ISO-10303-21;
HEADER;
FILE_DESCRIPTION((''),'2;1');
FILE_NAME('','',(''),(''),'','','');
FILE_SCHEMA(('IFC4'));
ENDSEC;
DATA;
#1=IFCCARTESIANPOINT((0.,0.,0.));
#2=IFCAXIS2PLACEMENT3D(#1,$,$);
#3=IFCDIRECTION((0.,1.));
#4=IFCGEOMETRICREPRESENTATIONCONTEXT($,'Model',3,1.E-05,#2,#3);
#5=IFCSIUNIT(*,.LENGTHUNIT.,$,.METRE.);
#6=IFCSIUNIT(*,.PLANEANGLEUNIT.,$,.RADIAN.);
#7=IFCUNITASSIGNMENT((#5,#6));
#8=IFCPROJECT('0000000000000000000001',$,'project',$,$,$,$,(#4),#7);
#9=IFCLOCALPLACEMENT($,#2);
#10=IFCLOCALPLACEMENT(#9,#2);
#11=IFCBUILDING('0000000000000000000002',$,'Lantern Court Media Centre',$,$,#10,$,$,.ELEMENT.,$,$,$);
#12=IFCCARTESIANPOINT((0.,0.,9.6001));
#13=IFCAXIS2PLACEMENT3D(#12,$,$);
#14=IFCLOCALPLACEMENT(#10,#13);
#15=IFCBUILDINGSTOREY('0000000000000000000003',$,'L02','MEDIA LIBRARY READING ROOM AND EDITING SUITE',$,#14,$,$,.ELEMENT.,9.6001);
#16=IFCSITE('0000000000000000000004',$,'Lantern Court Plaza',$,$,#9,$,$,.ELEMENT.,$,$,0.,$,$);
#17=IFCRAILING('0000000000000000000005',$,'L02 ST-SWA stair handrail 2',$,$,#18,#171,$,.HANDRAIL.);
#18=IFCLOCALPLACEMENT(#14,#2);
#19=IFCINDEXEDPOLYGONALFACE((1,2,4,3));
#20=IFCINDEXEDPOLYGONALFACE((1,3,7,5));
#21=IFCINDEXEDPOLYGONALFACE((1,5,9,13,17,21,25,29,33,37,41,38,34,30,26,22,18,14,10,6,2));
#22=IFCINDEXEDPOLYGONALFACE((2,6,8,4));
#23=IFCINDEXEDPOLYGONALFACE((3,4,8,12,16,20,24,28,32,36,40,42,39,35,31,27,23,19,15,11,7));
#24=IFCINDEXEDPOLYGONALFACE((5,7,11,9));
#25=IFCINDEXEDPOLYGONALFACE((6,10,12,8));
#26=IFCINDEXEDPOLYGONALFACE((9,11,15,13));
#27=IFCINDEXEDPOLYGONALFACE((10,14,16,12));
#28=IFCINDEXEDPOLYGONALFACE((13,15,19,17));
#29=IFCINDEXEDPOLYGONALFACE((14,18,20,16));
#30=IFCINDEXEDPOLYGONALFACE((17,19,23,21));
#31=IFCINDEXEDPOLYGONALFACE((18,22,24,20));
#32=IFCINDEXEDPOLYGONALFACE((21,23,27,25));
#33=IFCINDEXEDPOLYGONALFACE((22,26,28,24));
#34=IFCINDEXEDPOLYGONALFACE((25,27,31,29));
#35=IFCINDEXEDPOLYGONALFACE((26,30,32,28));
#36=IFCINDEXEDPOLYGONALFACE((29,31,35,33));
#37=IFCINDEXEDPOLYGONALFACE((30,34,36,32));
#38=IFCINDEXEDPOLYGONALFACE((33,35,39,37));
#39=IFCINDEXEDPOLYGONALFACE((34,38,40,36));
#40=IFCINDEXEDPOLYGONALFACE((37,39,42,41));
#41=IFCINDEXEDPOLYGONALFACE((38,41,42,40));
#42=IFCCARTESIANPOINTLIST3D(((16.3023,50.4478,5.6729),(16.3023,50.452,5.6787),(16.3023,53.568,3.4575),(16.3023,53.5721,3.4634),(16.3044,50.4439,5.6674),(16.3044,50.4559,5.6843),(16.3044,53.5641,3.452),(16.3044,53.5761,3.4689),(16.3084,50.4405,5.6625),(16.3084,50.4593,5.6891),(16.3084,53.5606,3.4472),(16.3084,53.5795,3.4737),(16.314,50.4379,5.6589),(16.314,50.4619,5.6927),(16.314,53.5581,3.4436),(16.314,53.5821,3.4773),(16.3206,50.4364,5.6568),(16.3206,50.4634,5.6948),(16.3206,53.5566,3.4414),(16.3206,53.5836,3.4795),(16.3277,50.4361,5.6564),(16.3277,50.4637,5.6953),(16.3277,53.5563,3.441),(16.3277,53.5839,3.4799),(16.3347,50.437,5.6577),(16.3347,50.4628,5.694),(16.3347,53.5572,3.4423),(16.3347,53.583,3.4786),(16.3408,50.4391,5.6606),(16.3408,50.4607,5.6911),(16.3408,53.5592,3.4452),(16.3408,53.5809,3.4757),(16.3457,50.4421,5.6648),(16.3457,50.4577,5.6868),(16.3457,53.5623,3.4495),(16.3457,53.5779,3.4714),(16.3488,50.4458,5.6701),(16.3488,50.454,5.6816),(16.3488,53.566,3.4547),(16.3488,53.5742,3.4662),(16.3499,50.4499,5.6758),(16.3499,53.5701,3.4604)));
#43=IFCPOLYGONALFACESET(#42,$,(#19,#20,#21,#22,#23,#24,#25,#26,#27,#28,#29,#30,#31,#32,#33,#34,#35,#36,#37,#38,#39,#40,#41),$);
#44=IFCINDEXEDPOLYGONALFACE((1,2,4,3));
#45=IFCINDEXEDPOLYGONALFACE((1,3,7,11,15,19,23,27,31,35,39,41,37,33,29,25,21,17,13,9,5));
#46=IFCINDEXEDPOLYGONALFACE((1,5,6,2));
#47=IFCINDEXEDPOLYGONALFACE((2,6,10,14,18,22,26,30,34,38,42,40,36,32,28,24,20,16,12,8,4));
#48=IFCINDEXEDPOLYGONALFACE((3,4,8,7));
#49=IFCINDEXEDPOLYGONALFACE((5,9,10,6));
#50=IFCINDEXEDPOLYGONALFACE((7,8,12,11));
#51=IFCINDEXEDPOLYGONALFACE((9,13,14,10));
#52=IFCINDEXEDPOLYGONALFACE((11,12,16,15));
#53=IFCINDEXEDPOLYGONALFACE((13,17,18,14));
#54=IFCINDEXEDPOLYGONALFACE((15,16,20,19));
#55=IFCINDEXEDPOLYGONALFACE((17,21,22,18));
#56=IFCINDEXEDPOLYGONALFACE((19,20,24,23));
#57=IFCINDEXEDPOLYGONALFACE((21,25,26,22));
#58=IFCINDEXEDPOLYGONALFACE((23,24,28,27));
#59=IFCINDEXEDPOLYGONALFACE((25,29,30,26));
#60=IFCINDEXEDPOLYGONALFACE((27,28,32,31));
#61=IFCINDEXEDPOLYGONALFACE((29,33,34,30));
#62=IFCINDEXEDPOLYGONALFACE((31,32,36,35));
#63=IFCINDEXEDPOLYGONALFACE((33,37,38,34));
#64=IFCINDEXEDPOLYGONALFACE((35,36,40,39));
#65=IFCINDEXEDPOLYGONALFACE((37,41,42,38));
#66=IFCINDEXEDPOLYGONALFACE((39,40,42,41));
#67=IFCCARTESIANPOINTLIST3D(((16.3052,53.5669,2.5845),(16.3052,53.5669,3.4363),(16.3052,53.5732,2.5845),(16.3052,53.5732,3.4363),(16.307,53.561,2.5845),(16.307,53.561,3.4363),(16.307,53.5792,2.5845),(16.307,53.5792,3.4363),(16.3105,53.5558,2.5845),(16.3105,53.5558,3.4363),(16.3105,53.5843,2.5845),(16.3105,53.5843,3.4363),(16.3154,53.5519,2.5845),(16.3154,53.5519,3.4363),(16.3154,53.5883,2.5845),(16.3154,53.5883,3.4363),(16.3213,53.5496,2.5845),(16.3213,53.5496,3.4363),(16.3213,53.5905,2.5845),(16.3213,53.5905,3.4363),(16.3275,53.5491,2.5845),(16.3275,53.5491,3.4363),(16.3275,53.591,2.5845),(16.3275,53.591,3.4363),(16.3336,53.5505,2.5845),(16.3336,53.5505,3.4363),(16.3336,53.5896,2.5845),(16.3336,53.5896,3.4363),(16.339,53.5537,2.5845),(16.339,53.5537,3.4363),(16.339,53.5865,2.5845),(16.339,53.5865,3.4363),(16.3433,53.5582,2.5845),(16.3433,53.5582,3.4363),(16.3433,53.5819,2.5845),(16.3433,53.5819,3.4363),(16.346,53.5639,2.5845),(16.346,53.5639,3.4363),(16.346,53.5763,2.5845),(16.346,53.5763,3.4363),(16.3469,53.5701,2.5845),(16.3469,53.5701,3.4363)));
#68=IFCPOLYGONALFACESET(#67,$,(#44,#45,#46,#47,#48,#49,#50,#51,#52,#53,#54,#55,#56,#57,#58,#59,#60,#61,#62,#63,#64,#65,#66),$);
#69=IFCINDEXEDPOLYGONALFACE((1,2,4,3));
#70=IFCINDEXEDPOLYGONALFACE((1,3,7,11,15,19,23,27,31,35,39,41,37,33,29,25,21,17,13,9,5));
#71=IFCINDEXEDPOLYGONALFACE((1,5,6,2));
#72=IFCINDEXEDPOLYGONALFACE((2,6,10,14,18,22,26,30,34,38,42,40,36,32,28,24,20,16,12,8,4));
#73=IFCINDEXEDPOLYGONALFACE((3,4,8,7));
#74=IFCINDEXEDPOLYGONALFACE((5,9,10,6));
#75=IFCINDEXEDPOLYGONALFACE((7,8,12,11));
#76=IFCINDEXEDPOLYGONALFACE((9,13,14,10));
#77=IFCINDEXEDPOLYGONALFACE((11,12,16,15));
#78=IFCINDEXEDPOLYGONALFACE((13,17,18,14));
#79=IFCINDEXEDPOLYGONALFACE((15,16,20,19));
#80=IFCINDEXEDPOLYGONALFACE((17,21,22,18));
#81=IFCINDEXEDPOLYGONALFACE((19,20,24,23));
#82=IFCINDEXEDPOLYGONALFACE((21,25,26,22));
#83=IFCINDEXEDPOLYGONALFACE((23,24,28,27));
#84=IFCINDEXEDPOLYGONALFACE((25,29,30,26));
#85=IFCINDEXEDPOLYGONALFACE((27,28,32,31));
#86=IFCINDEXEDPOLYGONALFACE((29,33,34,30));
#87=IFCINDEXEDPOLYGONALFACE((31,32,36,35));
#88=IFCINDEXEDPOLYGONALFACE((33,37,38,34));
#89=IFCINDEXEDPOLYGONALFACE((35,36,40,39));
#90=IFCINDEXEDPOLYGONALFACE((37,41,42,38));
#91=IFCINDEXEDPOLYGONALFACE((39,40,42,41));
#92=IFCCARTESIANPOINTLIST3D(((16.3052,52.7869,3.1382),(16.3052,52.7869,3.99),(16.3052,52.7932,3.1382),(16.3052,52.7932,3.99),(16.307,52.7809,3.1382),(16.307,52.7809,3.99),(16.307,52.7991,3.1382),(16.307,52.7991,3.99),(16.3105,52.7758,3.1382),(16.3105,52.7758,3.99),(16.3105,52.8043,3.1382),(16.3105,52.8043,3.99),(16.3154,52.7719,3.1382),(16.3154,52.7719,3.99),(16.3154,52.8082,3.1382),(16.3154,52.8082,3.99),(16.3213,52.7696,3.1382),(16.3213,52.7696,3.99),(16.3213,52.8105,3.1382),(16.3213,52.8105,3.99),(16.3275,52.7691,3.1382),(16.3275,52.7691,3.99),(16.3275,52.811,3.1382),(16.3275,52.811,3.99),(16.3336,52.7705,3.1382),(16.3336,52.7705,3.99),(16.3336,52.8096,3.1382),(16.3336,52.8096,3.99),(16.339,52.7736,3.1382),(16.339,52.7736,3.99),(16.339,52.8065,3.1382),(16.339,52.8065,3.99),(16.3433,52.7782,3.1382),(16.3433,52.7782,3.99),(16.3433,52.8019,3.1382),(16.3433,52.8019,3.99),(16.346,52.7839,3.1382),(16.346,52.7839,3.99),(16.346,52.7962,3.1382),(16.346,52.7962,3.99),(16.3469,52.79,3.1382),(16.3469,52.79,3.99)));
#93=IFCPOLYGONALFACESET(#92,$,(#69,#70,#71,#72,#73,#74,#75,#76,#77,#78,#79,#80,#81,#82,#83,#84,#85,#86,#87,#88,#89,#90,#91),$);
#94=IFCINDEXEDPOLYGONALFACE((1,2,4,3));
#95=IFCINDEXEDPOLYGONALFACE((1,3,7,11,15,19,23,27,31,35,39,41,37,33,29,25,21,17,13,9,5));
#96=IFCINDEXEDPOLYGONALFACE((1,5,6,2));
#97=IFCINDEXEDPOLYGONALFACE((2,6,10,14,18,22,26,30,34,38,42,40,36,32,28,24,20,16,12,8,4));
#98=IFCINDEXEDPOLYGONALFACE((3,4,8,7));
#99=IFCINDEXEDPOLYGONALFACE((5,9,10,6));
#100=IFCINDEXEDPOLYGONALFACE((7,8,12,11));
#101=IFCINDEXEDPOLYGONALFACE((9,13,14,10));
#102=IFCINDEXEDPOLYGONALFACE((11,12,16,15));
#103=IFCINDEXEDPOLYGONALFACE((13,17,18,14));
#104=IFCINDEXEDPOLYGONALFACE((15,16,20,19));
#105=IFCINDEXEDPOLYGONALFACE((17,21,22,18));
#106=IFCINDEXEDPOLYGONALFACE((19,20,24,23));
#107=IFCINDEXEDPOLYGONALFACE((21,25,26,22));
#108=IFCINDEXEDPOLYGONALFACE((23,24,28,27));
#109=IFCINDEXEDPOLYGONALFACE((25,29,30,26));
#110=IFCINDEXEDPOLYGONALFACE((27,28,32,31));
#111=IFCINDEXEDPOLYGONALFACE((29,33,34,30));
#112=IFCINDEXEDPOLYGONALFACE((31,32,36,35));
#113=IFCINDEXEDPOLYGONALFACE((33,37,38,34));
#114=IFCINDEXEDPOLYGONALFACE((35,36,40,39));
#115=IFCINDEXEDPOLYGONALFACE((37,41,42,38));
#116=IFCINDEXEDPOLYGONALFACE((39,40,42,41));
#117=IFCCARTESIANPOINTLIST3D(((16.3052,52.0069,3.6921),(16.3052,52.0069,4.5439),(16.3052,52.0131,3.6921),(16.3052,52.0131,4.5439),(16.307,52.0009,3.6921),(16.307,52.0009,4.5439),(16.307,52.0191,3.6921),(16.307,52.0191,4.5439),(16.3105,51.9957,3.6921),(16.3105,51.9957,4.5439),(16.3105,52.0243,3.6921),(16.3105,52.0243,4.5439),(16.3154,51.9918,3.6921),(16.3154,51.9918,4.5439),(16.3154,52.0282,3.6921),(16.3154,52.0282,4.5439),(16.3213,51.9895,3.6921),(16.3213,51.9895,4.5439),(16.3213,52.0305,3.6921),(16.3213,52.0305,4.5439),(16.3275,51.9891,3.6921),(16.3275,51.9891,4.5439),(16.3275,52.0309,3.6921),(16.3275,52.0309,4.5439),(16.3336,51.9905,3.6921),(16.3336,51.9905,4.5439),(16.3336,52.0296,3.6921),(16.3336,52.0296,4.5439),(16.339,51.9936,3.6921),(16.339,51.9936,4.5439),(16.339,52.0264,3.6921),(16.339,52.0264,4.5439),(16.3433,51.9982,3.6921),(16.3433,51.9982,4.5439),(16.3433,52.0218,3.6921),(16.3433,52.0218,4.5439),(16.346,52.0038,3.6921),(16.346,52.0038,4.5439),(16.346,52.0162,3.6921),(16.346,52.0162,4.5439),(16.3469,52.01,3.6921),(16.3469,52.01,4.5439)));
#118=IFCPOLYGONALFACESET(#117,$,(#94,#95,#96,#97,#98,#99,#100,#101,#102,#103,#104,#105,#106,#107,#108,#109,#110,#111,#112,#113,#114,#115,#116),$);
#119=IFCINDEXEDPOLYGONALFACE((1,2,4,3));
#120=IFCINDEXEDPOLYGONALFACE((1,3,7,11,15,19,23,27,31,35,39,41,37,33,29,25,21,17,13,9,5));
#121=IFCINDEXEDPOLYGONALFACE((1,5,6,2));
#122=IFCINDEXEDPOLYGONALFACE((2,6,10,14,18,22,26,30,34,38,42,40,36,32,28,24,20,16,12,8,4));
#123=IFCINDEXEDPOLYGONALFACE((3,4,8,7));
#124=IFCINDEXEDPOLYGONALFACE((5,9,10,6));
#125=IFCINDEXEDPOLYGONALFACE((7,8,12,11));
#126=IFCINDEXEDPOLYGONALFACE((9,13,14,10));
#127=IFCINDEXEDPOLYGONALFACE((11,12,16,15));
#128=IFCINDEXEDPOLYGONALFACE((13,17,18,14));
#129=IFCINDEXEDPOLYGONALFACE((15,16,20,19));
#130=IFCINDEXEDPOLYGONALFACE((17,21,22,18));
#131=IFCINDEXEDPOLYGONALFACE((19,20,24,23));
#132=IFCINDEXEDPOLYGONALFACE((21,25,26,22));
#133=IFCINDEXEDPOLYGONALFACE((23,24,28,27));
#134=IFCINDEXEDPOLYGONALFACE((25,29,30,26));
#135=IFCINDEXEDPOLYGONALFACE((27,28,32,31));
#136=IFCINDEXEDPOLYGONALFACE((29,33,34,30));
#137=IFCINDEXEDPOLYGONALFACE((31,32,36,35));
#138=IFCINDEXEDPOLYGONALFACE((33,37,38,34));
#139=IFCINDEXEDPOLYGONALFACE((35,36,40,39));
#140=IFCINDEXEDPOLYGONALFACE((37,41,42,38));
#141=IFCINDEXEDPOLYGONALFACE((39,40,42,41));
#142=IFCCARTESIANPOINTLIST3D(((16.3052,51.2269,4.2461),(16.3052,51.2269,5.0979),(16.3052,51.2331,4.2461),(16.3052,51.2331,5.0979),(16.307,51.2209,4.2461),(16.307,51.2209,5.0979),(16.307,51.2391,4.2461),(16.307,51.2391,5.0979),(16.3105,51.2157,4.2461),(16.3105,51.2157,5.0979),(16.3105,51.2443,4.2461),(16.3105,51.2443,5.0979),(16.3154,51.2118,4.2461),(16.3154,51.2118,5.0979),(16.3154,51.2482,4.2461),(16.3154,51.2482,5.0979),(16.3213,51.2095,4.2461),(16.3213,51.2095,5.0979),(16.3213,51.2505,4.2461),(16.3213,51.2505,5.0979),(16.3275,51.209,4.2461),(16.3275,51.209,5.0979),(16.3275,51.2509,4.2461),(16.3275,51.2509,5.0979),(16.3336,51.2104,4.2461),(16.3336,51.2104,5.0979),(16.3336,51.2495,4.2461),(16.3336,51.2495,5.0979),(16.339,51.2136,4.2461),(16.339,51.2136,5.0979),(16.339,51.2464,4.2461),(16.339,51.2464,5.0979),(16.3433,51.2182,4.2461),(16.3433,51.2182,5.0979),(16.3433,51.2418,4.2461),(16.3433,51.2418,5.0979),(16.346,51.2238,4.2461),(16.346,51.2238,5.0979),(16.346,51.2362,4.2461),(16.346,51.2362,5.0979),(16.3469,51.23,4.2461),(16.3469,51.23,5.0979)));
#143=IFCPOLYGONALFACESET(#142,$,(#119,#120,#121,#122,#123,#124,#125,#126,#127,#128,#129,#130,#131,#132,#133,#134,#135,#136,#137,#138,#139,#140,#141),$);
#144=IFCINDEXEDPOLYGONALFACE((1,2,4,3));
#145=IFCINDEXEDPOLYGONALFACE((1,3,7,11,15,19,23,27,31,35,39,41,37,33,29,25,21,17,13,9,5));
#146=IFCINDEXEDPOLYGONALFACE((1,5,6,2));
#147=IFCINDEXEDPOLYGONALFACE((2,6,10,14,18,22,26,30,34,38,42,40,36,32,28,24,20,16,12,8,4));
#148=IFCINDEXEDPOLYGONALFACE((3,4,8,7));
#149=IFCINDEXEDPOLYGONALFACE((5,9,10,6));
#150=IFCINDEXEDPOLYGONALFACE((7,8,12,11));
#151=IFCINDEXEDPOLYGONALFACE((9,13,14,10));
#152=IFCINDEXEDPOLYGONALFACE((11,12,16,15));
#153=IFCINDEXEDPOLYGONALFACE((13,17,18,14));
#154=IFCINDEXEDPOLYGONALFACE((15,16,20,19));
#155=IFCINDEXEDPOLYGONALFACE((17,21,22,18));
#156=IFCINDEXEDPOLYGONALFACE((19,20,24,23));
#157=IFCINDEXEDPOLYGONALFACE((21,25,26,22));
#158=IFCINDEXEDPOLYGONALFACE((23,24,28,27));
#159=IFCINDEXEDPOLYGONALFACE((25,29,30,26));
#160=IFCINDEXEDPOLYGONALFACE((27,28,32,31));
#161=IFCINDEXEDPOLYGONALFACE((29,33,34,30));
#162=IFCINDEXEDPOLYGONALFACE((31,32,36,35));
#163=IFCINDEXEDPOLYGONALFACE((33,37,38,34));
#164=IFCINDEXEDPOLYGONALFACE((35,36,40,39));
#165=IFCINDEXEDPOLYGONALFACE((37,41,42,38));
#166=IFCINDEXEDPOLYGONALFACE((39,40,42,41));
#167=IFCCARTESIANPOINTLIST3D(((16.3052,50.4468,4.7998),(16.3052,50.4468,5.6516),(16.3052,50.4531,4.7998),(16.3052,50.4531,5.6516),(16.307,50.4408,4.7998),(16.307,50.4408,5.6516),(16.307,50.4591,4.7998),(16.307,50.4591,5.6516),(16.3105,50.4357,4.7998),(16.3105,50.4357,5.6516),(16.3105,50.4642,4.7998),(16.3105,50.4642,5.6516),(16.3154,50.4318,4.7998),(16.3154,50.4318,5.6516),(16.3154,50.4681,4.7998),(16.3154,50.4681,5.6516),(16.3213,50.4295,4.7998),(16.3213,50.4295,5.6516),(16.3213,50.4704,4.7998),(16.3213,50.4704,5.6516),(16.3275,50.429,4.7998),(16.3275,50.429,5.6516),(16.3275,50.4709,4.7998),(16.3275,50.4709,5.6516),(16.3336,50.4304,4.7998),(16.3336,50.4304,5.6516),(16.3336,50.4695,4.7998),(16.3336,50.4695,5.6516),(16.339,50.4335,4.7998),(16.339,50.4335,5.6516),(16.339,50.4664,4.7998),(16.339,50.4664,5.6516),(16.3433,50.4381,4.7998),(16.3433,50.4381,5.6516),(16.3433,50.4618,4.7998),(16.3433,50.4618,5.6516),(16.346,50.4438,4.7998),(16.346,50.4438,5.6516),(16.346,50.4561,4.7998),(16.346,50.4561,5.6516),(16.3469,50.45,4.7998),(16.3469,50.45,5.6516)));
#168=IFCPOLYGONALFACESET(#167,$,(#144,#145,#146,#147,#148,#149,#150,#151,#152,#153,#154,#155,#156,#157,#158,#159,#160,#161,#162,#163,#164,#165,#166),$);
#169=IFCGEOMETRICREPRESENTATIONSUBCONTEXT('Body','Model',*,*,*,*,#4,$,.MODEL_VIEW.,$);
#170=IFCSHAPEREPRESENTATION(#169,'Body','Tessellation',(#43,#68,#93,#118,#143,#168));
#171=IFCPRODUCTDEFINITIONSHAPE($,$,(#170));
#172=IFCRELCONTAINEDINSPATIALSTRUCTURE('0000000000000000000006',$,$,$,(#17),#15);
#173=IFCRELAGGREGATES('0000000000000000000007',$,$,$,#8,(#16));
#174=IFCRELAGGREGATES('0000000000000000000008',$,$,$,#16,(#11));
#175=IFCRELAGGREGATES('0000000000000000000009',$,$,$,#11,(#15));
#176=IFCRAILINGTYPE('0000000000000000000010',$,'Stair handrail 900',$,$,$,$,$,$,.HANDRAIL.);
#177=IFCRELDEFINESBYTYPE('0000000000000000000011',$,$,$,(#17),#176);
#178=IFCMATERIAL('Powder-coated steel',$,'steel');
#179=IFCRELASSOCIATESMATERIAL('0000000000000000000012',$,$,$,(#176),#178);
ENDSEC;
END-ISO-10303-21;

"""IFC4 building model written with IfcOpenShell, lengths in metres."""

from ifc_helpers import new_model, si_unit, direction, frame, origin, origin_2d, place, context, subcontext, project, spatial, circle, extrude, material, type_object, element, save


model = new_model("IFC4")

# Units and contexts
model_context = context("Model", 3, precision=1e-05, world=origin(), true_north=direction((0.0, 1.0)))
body_context = subcontext(model_context, "Body", "Model", "MODEL_VIEW")
ifc_project = project(units=[si_unit("LENGTHUNIT", "METRE"), si_unit("PLANEANGLEUNIT", "RADIAN")], contexts=[model_context])

# Site, building, storey
site_placement = place(None, origin())
site = spatial("IfcSite", under=ifc_project, at=site_placement, Name="Lantern Court Plaza", CompositionType="ELEMENT", RefElevation=0.0)
building_placement = place(site_placement, origin())
building = spatial("IfcBuilding", under=site, at=building_placement, Name="Lantern Court Media Centre", CompositionType="ELEMENT")
storey_placement = place(building_placement, frame((0.0, 0.0, 9.6001)))
storey = spatial("IfcBuildingStorey", under=building, at=storey_placement, Name="L02", Description="MEDIA LIBRARY READING ROOM AND EDITING SUITE", CompositionType="ELEMENT", Elevation=9.6001)

# Railing
ifc_material_1 = material(Name="Powder-coated steel", Category="steel")
railing_type = type_object("IfcRailingType", Name="Stair handrail 900", PredefinedType="HANDRAIL", material=ifc_material_1)
railing_placement = place(storey_placement, frame((16.3259, 53.5701, 2.5845)))
element("IfcRailing", 1, at=railing_placement, inside=storey, type_object=railing_type, Name="L02 ST-SWA stair handrail 2", PredefinedType="HANDRAIL", context=body_context, shape_type="SweptSolid", body=[
    extrude(circle(Radius=0.0239, at=origin_2d()), frame((0.0, 0.0, 0.876), z_axis=(0.0, -0.815377, 0.57893), x_axis=(1.0, 0.0, 0.0)), (0.0, 0.0, 1.0), 3.8267),
    extrude(circle(Radius=0.021, at=origin_2d()), origin(), (0.0, 0.0, 1.0), 0.8518),
    extrude(circle(Radius=0.021, at=origin_2d()), frame((0.0, -0.78, 0.5537)), (0.0, 0.0, 1.0), 0.8518),
    extrude(circle(Radius=0.021, at=origin_2d()), frame((0.0, -1.5601, 1.1077)), (0.0, 0.0, 1.0), 0.8518),
    extrude(circle(Radius=0.021, at=origin_2d()), frame((0.0, -2.3401, 1.6616)), (0.0, 0.0, 1.0), 0.8518),
    extrude(circle(Radius=0.021, at=origin_2d()), frame((0.0, -3.1201, 2.2153)), (0.0, 0.0, 1.0), 0.8518),
])

save(model, "model.ifc")
